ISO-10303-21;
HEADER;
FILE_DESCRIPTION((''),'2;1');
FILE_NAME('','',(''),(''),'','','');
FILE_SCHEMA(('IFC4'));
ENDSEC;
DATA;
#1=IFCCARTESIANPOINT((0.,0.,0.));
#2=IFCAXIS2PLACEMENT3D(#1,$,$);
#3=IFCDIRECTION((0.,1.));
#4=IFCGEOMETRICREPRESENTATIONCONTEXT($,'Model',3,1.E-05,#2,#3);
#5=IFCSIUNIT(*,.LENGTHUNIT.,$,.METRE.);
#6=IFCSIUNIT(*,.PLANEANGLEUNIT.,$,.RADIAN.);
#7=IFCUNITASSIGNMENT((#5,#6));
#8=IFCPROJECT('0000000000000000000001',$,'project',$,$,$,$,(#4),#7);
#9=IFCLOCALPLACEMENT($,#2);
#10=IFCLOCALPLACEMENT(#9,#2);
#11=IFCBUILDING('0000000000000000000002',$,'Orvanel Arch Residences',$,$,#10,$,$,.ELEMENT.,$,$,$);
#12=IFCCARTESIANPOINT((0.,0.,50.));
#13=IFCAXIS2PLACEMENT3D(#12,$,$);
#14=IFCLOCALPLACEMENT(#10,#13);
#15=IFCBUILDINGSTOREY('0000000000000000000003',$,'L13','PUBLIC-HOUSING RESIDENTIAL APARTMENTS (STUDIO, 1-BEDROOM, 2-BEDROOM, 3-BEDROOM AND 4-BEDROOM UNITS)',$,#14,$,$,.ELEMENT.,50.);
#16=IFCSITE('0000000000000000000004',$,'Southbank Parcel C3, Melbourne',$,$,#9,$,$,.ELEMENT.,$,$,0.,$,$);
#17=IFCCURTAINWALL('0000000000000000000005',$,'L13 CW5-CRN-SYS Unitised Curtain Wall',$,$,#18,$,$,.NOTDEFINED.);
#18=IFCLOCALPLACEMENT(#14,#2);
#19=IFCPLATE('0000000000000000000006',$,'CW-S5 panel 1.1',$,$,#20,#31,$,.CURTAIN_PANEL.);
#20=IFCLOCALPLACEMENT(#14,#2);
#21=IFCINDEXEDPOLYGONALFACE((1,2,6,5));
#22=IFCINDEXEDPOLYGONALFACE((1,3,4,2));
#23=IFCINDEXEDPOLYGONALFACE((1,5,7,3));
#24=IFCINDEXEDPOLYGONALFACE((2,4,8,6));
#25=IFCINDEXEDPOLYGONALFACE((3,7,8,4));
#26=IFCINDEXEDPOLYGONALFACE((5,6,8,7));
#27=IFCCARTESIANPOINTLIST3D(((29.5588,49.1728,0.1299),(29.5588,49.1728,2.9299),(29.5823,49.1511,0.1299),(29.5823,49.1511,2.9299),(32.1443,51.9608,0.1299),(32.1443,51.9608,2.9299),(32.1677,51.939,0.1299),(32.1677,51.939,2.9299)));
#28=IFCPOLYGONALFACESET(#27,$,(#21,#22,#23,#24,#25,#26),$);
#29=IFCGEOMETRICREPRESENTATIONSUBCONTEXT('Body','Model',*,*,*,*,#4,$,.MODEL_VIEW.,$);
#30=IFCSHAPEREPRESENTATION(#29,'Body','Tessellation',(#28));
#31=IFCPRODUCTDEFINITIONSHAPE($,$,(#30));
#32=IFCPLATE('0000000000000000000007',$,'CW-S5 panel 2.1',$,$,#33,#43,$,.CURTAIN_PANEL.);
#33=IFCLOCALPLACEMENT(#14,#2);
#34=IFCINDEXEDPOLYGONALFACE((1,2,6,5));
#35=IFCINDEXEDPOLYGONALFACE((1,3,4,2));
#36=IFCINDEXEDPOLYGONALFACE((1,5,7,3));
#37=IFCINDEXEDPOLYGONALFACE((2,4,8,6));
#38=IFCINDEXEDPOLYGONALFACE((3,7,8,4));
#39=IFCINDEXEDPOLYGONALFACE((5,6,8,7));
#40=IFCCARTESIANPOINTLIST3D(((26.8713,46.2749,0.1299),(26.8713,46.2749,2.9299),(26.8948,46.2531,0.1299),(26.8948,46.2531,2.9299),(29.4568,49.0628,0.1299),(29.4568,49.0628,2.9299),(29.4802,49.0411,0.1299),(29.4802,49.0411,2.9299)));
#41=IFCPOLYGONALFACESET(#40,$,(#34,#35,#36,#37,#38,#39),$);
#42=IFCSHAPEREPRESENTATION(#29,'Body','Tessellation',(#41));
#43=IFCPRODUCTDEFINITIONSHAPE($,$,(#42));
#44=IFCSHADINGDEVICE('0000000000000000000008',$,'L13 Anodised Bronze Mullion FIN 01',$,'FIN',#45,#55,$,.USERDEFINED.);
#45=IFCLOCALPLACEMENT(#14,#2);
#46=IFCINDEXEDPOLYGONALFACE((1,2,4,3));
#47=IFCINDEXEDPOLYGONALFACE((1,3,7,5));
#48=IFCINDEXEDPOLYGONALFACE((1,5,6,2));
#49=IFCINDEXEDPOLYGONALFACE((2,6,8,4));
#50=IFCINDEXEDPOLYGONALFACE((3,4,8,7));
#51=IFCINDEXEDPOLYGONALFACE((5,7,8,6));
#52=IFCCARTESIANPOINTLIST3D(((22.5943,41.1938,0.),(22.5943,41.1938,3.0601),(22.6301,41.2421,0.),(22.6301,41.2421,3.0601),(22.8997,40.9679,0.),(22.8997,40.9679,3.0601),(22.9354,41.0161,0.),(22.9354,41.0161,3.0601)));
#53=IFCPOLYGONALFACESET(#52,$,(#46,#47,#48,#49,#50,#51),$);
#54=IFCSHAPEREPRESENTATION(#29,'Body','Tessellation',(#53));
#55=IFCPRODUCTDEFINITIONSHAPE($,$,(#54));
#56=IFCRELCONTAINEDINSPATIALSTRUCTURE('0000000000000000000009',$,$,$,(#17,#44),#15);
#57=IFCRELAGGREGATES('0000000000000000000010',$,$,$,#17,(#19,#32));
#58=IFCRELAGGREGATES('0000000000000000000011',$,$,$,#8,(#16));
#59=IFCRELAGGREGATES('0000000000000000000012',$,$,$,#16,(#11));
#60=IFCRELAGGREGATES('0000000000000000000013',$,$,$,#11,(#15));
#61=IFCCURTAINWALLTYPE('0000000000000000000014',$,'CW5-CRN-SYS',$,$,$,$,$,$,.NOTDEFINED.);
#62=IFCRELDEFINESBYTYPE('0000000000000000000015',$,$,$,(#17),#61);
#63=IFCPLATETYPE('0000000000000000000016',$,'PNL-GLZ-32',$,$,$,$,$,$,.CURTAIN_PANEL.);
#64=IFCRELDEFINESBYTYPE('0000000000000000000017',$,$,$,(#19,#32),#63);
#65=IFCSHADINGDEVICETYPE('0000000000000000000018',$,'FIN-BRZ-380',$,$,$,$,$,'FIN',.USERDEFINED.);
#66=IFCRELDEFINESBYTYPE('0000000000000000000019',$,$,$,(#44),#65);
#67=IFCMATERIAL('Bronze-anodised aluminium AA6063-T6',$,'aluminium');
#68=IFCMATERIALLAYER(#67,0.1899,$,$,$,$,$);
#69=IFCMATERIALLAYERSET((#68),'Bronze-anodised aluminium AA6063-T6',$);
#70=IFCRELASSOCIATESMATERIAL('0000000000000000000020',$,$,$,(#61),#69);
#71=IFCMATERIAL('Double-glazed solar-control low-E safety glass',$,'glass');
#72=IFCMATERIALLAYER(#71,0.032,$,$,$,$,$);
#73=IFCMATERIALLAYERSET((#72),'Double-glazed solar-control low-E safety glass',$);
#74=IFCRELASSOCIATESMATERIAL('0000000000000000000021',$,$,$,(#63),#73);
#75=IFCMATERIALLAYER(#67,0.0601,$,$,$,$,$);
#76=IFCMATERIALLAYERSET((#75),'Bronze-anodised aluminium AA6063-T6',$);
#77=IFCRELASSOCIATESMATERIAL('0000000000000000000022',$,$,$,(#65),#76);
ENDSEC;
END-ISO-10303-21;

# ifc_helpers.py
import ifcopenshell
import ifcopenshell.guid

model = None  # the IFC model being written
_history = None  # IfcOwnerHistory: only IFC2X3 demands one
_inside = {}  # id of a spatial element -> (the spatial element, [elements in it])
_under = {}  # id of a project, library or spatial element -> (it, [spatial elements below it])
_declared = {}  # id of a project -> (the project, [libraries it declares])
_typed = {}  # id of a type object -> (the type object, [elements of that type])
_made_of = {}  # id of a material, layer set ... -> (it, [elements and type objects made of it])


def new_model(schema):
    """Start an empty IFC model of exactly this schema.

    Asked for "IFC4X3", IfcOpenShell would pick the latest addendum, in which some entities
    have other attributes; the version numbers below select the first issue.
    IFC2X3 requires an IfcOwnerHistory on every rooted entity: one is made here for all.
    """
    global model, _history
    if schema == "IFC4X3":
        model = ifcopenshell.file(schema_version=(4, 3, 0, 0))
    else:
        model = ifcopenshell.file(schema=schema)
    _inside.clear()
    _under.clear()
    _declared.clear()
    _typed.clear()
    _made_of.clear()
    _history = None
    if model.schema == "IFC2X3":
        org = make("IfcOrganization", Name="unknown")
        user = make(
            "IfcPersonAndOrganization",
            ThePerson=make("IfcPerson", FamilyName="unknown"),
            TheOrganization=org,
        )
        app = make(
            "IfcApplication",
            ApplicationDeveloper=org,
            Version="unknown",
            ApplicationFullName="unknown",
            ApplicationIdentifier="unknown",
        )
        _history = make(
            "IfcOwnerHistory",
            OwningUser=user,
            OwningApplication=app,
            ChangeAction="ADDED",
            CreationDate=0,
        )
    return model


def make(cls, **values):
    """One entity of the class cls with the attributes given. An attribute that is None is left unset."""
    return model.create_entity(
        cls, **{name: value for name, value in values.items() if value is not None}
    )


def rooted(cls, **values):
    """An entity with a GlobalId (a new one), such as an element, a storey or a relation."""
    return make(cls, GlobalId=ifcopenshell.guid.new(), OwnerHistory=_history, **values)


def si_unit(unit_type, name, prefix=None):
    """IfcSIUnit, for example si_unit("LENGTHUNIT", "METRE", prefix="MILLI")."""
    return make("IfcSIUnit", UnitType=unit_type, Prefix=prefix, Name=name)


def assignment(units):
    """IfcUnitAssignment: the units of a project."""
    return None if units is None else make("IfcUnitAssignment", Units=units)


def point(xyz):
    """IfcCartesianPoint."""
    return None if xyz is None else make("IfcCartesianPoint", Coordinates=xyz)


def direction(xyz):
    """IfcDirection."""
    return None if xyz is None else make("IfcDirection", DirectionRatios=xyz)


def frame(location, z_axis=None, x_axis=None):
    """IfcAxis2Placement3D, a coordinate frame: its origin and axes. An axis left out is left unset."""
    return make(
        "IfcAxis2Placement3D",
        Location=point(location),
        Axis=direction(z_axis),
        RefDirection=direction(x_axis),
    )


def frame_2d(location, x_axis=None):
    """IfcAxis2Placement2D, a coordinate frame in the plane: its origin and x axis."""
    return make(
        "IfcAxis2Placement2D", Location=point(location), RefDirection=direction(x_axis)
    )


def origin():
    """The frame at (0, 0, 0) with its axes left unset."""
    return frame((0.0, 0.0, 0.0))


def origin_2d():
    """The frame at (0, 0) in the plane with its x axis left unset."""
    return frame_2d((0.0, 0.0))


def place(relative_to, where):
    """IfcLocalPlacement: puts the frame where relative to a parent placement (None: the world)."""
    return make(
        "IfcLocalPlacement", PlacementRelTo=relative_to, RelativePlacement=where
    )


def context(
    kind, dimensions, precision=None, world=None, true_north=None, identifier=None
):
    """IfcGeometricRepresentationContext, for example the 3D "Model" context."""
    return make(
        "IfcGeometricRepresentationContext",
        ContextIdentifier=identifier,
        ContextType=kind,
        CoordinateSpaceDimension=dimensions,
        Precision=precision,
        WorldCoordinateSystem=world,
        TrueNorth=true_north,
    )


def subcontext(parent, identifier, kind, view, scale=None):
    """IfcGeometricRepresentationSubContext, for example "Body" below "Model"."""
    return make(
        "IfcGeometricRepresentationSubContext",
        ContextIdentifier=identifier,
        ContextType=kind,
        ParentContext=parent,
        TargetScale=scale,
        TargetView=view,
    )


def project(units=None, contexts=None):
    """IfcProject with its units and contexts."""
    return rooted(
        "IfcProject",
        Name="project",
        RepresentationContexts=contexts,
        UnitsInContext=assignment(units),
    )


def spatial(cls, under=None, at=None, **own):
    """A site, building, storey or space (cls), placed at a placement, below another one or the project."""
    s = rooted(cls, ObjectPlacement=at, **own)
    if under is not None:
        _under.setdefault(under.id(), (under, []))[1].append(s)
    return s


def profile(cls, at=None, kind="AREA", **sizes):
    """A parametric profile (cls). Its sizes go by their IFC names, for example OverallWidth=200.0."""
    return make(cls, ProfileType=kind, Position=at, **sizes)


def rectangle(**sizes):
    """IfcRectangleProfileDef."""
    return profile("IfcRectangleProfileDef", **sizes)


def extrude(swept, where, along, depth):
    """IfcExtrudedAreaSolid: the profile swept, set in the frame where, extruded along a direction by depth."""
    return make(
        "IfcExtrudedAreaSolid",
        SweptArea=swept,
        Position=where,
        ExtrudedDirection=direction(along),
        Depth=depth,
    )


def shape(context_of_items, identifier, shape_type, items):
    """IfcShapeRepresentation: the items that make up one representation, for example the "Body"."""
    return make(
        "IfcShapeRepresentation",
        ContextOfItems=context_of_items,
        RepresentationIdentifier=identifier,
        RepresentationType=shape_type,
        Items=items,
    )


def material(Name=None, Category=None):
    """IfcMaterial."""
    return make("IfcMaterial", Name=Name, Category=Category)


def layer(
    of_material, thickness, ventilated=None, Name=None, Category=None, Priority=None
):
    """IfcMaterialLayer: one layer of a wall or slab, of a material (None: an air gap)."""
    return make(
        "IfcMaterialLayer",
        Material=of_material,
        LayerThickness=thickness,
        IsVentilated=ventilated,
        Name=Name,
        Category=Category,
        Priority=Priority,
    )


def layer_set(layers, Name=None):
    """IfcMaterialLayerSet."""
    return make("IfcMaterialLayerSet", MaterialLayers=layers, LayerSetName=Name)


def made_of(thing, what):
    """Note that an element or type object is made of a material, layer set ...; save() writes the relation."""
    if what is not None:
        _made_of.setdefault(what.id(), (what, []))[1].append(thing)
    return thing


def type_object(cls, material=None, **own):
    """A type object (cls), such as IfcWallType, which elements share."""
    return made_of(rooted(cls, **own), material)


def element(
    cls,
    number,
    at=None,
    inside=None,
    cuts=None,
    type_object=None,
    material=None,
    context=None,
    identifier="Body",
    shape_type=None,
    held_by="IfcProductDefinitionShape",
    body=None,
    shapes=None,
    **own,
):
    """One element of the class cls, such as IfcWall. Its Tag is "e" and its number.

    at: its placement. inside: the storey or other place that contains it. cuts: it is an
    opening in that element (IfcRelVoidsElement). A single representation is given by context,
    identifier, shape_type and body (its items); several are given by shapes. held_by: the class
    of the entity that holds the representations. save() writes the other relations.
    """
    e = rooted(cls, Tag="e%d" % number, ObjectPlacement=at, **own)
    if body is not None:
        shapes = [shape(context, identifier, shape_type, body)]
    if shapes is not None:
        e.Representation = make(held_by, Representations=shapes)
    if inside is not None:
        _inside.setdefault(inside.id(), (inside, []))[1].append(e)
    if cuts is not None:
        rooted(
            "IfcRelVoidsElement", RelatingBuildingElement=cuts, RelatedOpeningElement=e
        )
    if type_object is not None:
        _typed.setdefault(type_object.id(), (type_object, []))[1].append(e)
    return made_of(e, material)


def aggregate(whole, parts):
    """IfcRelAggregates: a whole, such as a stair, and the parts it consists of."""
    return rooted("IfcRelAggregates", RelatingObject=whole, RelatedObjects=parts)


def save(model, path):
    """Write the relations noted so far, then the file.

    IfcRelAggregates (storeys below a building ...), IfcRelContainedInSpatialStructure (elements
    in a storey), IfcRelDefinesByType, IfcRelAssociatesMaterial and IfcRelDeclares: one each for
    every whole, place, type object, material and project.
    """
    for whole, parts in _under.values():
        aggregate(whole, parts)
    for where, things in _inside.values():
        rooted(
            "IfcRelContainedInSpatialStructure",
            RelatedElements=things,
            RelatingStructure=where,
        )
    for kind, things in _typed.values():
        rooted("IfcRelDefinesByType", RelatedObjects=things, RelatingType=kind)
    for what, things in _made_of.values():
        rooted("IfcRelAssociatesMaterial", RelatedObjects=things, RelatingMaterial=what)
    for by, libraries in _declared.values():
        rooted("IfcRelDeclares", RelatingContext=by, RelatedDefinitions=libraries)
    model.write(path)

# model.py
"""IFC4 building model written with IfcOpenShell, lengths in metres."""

from ifc_helpers import new_model, si_unit, direction, frame, origin, origin_2d, place, context, subcontext, project, spatial, rectangle, extrude, material, layer, layer_set, type_object, element, aggregate, save


model = new_model("IFC4")

# Units and contexts
model_context = context("Model", 3, precision=1e-05, world=origin(), true_north=direction((0.0, 1.0)))
body_context = subcontext(model_context, "Body", "Model", "MODEL_VIEW")
ifc_project = project(units=[si_unit("LENGTHUNIT", "METRE"), si_unit("PLANEANGLEUNIT", "RADIAN")], contexts=[model_context])

# Site, building, storey
site_placement = place(None, origin())
site = spatial("IfcSite", under=ifc_project, at=site_placement, Name="Southbank Parcel C3, Melbourne", CompositionType="ELEMENT", RefElevation=0.0)
building_placement = place(site_placement, origin())
building = spatial("IfcBuilding", under=site, at=building_placement, Name="Orvanel Arch Residences", CompositionType="ELEMENT")
storey_placement = place(building_placement, frame((0.0, 0.0, 50.0)))
storey = spatial("IfcBuildingStorey", under=building, at=storey_placement, Name="L13", Description="PUBLIC-HOUSING RESIDENTIAL APARTMENTS (STUDIO, 1-BEDROOM, 2-BEDROOM, 3-BEDROOM AND 4-BEDROOM UNITS)", CompositionType="ELEMENT", Elevation=50.0)

# Shared definitions
ifc_material_1 = material(Name="Bronze-anodised aluminium AA6063-T6", Category="aluminium")
ifc_layer_1 = layer(ifc_material_1, 0.1899)
ifc_layer_set_1 = layer_set([ifc_layer_1], Name="Bronze-anodised aluminium AA6063-T6")
curtain_wall_type_1 = type_object("IfcCurtainWallType", Name="CW5-CRN-SYS", PredefinedType="NOTDEFINED", material=ifc_layer_set_1)

# Curtain wall
curtain_wall_1_placement = place(storey_placement, origin())
curtain_wall_1 = element("IfcCurtainWall", 1, at=curtain_wall_1_placement, inside=storey, type_object=curtain_wall_type_1, Name="L13 CW5-CRN-SYS Unitised Curtain Wall", PredefinedType="NOTDEFINED")

# Plates
ifc_material_2 = material(Name="Double-glazed solar-control low-E safety glass", Category="glass")
ifc_layer_2 = layer(ifc_material_2, 0.032)
ifc_layer_set_2 = layer_set([ifc_layer_2], Name="Double-glazed solar-control low-E safety glass")
plate_type_1 = type_object("IfcPlateType", Name="PNL-GLZ-32", PredefinedType="CURTAIN_PANEL", material=ifc_layer_set_2)
plate_1_placement = place(storey_placement, frame((30.8633, 50.5559, 0.1299), z_axis=(0.0, 0.0, 1.0), x_axis=(-0.679975, -0.733236, 0.0)))
plate_1 = element("IfcPlate", 2, at=plate_1_placement, type_object=plate_type_1, Name="CW-S5 panel 1.1", PredefinedType="CURTAIN_PANEL", context=body_context, shape_type="SweptSolid", body=[
    extrude(rectangle(XDim=3.8022, YDim=0.032, at=origin_2d()), origin(), (0.0, 0.0, 1.0), 2.8),
])
plate_2_placement = place(storey_placement, frame((28.1758, 47.658, 0.1299), z_axis=(0.0, 0.0, 1.0), x_axis=(-0.679975, -0.733236, 0.0)))
plate_2 = element("IfcPlate", 3, at=plate_2_placement, type_object=plate_type_1, Name="CW-S5 panel 2.1", PredefinedType="CURTAIN_PANEL", context=body_context, shape_type="SweptSolid", body=[
    extrude(rectangle(XDim=3.8022, YDim=0.032, at=origin_2d()), origin(), (0.0, 0.0, 1.0), 2.8),
])
aggregate(curtain_wall_1, [plate_1, plate_2])

# Shading device
ifc_layer_3 = layer(ifc_material_1, 0.0601)
ifc_layer_set_3 = layer_set([ifc_layer_3], Name="Bronze-anodised aluminium AA6063-T6")
shading_device_type = type_object("IfcShadingDeviceType", Name="FIN-BRZ-380", ElementType="FIN", PredefinedType="USERDEFINED", material=ifc_layer_set_3)
shading_device_placement = place(storey_placement, frame((22.7649, 41.105, 0.0), z_axis=(0.0, 0.0, 1.0), x_axis=(-0.803857, 0.594823, 0.0)))
element("IfcShadingDevice", 4, at=shading_device_placement, inside=storey, type_object=shading_device_type, Name="L13 Anodised Bronze Mullion FIN 01", ObjectType="FIN", PredefinedType="USERDEFINED", context=body_context, shape_type="SweptSolid", body=[
    extrude(rectangle(XDim=0.3799, YDim=0.0601, at=origin_2d()), origin(), (0.0, 0.0, 1.0), 3.0601),
])

save(model, "model.ifc")
